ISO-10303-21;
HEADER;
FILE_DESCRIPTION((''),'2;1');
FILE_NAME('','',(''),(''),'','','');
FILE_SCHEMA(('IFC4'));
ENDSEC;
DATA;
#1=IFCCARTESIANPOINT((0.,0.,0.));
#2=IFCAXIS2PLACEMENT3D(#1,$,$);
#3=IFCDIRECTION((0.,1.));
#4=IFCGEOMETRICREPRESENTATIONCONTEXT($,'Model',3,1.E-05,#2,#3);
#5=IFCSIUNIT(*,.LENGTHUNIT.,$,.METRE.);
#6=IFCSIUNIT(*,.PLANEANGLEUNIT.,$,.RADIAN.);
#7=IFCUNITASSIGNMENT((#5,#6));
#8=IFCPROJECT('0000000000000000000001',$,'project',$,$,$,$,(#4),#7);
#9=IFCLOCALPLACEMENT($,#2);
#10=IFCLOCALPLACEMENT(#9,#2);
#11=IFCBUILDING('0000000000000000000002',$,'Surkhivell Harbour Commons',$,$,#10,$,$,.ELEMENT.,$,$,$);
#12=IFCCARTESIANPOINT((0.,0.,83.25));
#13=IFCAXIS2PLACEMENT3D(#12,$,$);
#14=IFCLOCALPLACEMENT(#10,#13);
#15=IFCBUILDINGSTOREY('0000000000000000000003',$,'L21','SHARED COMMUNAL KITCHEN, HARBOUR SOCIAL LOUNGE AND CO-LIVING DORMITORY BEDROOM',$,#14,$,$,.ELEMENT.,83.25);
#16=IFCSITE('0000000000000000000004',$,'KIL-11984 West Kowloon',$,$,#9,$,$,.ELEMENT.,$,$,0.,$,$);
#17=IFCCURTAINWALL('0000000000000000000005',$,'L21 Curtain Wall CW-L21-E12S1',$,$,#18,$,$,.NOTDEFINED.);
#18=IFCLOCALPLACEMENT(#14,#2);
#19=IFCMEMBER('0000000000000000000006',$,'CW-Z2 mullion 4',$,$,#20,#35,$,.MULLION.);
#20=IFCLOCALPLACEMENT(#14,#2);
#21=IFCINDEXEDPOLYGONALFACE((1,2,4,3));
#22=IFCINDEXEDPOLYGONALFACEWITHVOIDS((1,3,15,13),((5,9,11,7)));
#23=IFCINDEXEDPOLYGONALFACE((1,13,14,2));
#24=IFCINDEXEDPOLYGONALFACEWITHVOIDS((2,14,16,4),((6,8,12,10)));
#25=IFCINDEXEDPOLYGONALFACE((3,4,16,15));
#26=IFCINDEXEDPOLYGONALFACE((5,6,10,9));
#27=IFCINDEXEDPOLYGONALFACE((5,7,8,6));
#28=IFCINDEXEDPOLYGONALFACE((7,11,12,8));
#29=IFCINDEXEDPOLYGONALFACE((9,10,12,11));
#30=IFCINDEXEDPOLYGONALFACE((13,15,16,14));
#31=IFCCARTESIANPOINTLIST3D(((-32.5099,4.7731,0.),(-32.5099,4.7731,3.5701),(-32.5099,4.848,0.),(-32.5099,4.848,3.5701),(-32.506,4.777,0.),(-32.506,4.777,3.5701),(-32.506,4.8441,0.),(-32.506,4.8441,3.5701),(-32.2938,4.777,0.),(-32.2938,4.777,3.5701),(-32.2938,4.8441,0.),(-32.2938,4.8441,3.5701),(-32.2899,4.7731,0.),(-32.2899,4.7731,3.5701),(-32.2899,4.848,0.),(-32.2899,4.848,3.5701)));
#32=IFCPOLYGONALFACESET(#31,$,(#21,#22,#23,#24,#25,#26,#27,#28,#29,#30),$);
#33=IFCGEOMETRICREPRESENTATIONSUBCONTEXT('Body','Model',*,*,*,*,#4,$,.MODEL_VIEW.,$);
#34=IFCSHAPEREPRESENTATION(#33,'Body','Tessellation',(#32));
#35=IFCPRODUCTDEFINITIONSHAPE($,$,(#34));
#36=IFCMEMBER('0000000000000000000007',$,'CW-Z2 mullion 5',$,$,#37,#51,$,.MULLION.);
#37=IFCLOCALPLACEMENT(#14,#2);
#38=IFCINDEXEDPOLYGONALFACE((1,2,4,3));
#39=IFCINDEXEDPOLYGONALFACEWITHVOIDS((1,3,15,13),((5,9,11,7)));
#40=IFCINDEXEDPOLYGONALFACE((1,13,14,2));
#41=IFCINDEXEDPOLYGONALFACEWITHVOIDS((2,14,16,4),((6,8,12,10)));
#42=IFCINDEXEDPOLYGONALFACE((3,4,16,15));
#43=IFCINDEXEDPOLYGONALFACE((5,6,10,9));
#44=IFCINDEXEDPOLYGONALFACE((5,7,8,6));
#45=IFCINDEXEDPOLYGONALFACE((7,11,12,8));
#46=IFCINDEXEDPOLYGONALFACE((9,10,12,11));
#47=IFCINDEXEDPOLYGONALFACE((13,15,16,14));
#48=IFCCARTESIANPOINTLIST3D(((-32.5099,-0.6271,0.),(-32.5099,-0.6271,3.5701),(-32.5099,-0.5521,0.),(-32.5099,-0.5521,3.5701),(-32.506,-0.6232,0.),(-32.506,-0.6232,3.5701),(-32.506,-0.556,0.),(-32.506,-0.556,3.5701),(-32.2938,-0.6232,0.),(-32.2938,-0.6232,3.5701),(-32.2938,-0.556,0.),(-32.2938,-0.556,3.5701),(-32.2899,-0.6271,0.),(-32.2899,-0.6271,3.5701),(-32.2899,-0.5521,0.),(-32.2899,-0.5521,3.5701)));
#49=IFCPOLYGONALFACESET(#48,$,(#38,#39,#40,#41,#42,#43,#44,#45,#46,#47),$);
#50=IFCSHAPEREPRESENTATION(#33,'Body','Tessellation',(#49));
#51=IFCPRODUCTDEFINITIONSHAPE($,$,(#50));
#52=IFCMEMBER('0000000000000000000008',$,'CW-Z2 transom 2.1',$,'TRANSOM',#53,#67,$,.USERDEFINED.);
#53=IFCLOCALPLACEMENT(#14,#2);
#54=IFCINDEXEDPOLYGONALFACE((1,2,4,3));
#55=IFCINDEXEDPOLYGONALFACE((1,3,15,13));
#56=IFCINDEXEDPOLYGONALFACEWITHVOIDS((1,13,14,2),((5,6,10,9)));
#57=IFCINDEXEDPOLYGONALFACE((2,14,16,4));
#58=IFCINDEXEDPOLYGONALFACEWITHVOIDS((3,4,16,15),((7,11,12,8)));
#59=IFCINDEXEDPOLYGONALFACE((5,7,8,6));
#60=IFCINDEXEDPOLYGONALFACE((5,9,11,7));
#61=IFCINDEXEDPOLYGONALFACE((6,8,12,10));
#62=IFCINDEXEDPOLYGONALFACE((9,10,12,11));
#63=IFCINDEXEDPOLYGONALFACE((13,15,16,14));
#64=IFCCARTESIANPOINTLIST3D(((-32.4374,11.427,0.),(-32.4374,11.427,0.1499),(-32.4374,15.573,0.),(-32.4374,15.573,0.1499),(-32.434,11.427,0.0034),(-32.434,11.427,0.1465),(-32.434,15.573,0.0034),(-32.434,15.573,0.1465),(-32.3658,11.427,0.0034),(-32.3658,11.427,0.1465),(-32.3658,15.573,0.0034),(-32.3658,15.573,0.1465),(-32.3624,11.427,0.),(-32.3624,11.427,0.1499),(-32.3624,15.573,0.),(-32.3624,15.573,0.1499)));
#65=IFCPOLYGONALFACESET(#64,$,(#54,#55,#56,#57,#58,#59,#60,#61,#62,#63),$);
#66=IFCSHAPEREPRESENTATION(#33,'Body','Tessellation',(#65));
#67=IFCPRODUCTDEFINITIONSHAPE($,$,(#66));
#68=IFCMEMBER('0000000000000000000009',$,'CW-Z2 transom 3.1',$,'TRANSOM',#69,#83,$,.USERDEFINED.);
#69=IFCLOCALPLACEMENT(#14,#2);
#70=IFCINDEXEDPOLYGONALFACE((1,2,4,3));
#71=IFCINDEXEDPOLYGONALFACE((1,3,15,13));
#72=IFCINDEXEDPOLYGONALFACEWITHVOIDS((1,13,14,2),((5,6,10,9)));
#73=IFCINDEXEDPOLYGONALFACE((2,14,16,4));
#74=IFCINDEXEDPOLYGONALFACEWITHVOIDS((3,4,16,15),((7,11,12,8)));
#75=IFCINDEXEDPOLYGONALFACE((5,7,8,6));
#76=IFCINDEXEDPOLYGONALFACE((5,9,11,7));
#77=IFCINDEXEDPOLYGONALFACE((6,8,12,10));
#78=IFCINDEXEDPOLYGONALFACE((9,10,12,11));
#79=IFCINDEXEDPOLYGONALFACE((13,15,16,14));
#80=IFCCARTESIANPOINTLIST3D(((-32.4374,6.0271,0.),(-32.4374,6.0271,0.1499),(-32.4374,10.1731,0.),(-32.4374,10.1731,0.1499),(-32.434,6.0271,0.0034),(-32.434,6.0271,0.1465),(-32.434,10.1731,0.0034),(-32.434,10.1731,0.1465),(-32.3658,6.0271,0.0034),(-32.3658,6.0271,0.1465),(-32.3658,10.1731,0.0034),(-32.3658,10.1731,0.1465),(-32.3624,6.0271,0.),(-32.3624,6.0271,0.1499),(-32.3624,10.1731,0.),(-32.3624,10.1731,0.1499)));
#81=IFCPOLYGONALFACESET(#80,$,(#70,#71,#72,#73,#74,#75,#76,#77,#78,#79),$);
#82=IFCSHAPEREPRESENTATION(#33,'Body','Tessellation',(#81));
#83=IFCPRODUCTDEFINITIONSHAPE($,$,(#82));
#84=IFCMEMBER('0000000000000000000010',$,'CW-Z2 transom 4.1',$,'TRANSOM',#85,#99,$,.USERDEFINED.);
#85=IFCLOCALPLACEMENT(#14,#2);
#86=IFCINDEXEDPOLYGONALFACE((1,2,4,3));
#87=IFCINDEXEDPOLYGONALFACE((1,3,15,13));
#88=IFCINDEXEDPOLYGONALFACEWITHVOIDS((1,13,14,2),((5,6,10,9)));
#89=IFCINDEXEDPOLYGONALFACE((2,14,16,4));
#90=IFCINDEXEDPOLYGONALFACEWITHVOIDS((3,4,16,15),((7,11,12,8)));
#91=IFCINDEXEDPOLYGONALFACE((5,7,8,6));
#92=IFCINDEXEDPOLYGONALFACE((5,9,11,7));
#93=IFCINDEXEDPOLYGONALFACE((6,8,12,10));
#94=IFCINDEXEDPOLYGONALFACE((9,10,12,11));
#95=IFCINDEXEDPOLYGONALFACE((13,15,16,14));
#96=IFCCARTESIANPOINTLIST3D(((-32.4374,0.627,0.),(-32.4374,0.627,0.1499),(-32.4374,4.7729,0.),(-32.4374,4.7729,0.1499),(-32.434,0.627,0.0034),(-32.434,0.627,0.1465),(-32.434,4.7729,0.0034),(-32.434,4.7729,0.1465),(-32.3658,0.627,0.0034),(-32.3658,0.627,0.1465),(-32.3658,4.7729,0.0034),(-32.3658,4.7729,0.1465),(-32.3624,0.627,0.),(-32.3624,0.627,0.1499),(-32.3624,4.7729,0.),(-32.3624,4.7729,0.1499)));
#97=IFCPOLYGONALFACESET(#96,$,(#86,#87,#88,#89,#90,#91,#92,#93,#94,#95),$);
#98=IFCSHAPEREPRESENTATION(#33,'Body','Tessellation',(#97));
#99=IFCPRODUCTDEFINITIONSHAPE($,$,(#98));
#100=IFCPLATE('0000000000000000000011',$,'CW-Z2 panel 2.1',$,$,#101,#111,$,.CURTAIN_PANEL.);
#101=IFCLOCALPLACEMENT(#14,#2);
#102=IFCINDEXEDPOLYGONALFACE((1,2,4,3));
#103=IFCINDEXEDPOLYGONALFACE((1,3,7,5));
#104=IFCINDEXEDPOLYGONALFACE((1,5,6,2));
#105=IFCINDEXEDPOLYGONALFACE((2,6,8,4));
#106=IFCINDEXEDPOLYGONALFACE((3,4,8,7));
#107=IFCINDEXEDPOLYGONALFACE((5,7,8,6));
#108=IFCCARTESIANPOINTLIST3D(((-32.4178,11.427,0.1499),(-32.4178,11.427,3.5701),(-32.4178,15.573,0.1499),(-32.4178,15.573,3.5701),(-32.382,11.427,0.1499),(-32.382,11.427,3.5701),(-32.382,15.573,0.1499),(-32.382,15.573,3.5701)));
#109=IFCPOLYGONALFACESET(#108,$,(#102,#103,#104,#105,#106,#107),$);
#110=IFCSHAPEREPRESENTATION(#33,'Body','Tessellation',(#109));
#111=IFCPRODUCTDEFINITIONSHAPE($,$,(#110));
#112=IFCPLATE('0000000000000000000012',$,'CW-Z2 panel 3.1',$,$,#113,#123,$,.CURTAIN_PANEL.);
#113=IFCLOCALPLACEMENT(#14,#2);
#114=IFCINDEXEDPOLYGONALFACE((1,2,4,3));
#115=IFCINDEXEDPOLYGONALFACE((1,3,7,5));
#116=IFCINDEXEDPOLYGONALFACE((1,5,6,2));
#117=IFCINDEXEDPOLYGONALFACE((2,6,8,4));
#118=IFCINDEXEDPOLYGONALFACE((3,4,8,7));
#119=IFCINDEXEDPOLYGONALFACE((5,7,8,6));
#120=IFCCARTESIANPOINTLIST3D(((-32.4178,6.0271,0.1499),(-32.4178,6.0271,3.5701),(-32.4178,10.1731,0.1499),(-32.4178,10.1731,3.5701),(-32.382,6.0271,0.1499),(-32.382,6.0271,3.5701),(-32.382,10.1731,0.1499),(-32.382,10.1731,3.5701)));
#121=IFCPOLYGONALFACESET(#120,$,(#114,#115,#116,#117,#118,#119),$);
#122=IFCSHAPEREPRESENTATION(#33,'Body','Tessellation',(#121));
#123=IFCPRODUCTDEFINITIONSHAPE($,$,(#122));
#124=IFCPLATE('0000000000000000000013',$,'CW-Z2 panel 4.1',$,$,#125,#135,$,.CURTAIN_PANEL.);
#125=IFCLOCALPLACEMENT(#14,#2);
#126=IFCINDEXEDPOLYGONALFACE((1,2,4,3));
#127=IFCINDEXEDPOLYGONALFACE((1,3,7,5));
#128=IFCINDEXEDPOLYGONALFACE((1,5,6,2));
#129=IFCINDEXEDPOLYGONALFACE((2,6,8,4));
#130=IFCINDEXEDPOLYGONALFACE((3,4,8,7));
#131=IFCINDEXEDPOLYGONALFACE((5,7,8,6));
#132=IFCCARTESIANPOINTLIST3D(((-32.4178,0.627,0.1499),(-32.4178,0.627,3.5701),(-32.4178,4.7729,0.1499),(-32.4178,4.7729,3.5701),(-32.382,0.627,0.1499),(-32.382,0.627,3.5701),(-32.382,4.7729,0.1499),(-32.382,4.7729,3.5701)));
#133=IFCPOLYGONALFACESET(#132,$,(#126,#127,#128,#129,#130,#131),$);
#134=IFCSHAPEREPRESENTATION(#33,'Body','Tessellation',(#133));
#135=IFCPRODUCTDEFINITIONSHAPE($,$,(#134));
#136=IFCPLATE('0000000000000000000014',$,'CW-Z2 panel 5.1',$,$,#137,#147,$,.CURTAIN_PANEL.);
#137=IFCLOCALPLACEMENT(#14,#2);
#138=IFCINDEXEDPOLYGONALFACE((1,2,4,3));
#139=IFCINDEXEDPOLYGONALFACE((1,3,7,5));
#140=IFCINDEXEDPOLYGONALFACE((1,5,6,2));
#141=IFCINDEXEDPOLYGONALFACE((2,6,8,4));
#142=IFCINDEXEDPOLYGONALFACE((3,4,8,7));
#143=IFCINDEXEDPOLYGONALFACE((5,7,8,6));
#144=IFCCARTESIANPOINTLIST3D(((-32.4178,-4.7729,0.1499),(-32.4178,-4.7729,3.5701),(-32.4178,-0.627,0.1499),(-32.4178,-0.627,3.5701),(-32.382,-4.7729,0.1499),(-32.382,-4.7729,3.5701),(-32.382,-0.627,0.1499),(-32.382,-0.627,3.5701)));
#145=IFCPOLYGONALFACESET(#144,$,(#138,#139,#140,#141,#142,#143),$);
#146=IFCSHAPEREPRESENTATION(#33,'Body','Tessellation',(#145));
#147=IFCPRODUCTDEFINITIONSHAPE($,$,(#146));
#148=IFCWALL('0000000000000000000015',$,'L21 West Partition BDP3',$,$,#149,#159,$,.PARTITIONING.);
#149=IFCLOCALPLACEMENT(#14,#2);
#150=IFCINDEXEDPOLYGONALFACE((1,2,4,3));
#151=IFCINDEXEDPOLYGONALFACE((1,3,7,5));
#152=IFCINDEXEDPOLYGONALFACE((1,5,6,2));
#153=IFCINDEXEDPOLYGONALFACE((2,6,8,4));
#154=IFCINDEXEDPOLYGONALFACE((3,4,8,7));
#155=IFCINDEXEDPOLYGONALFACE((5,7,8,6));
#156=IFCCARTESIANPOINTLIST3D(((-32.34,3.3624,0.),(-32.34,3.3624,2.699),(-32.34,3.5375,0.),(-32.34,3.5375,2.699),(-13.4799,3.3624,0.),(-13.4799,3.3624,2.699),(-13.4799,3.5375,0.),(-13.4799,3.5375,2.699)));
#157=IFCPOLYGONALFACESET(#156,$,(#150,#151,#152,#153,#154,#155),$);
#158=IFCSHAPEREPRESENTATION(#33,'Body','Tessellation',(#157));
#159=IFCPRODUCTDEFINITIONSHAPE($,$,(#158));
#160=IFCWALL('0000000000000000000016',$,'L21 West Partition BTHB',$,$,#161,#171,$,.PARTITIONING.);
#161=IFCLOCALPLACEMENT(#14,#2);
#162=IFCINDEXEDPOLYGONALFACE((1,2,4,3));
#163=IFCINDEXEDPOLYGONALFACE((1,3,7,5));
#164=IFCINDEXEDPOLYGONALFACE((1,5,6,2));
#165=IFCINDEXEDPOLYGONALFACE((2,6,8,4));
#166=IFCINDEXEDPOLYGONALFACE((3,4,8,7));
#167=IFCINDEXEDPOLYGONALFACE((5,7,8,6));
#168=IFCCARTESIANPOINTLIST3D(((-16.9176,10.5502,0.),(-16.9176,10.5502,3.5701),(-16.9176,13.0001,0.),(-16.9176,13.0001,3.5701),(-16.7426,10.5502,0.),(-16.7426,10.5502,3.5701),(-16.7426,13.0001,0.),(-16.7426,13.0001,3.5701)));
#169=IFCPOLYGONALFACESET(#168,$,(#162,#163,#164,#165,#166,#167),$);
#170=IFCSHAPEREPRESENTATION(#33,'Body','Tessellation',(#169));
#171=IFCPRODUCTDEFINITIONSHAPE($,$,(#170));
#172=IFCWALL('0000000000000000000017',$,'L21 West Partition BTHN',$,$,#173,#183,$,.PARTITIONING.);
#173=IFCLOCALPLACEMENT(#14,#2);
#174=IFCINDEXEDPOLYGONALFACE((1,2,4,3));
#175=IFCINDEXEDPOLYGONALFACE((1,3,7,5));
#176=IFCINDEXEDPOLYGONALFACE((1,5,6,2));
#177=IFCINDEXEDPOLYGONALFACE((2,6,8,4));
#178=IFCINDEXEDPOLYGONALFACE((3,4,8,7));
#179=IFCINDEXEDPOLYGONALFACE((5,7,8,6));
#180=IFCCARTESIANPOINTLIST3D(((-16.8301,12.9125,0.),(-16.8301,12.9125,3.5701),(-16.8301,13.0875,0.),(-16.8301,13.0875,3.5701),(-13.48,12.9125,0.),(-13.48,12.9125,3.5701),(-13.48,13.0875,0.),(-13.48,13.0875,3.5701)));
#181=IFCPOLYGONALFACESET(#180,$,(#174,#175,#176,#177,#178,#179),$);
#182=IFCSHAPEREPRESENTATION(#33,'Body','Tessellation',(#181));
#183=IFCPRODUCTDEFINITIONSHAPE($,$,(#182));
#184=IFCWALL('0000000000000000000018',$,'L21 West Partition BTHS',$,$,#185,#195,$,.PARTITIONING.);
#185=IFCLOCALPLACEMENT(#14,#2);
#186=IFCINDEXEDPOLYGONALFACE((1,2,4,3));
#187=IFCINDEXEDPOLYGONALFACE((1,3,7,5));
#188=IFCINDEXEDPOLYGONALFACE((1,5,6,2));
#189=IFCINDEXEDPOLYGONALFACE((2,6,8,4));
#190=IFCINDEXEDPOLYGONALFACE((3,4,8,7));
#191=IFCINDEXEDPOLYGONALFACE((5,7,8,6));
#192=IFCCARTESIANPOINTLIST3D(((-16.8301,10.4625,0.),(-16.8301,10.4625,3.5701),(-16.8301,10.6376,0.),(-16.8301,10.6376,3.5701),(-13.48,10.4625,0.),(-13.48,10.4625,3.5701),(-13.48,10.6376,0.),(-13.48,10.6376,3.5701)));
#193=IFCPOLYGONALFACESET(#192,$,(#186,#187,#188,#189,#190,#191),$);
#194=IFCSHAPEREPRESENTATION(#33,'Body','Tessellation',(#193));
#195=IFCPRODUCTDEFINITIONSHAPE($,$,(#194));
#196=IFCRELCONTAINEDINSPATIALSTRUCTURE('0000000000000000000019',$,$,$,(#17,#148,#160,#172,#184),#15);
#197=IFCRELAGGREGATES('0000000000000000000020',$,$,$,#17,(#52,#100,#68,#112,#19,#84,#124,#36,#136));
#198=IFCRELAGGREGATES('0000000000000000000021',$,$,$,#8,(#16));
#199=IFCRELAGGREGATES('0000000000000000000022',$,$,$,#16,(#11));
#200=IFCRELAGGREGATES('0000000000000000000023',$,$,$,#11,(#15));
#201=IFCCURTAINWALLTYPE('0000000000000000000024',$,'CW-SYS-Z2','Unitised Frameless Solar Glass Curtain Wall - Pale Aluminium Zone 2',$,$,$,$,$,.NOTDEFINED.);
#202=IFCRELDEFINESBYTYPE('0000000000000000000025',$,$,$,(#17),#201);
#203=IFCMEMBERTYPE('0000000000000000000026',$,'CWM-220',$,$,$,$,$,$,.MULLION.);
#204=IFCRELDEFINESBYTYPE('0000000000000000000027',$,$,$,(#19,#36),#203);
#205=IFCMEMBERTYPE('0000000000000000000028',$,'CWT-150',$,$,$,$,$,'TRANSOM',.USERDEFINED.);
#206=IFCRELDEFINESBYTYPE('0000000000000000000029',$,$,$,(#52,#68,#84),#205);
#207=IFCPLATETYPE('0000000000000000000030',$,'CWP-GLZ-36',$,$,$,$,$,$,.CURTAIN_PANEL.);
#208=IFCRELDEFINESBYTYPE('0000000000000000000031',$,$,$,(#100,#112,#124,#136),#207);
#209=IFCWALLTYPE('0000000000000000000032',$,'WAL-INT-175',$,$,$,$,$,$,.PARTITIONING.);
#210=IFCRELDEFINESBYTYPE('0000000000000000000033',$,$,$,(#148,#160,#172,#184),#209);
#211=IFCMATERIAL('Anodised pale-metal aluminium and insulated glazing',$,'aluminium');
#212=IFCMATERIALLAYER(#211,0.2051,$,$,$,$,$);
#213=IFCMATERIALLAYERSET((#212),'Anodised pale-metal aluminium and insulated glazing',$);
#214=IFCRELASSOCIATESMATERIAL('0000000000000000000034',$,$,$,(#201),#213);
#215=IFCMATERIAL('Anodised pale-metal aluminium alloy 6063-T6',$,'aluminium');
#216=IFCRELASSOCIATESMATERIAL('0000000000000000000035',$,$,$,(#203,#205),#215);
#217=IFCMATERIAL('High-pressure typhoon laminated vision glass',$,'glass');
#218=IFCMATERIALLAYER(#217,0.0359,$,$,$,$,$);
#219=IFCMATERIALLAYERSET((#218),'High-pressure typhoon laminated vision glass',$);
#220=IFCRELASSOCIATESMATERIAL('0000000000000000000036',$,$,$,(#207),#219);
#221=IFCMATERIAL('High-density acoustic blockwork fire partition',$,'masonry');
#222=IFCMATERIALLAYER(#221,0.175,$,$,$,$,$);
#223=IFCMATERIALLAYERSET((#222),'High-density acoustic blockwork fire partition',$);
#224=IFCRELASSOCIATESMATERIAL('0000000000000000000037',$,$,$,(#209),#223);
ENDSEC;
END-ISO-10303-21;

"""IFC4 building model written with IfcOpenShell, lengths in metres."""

from ifc_helpers import new_model, si_unit, direction, frame, frame_2d, origin, origin_2d, place, context, subcontext, project, spatial, rectangle, hollow_rectangle, extrude, material, layer, layer_set, material_profile, profile_set, type_object, element, aggregate, save


model = new_model("IFC4")

# Units and contexts
model_context = context("Model", 3, precision=1e-05, world=origin(), true_north=direction((0.0, 1.0)))
body_context = subcontext(model_context, "Body", "Model", "MODEL_VIEW")
ifc_project = project(units=[si_unit("LENGTHUNIT", "METRE"), si_unit("PLANEANGLEUNIT", "RADIAN")], contexts=[model_context])

# Site, building, storey
site_placement = place(None, origin())
site = spatial("IfcSite", under=ifc_project, at=site_placement, Name="KIL-11984 West Kowloon", CompositionType="ELEMENT", RefElevation=0.0)
building_placement = place(site_placement, origin())
building = spatial("IfcBuilding", under=site, at=building_placement, Name="Surkhivell Harbour Commons", CompositionType="ELEMENT")
storey_placement = place(building_placement, frame((0.0, 0.0, 83.25)))
storey = spatial("IfcBuildingStorey", under=building, at=storey_placement, Name="L21", Description="SHARED COMMUNAL KITCHEN, HARBOUR SOCIAL LOUNGE AND CO-LIVING DORMITORY BEDROOM", CompositionType="ELEMENT", Elevation=83.25)

# Curtain wall, members, plates
ifc_material_1 = material(Name="Anodised pale-metal aluminium and insulated glazing", Category="aluminium")
ifc_layer_1 = layer(ifc_material_1, 0.2051)
ifc_layer_set_1 = layer_set([ifc_layer_1], Name="Anodised pale-metal aluminium and insulated glazing")
curtain_wall_type = type_object("IfcCurtainWallType", Name="CW-SYS-Z2", Description="Unitised Frameless Solar Glass Curtain Wall - Pale Aluminium Zone 2", PredefinedType="NOTDEFINED", material=ifc_layer_set_1)
curtain_wall_placement = place(storey_placement, origin())
curtain_wall = element("IfcCurtainWall", 1, at=curtain_wall_placement, inside=storey, type_object=curtain_wall_type, Name="L21 Curtain Wall CW-L21-E12S1", PredefinedType="NOTDEFINED")
ifc_material_2 = material(Name="Anodised pale-metal aluminium alloy 6063-T6", Category="aluminium")
ifc_material_profile_1 = material_profile(ifc_material_2, hollow_rectangle(XDim=0.075, YDim=0.22, WallThickness=0.0039, at=origin_2d()), Name="ALU-MULL-75x220")
ifc_profile_set_1 = profile_set([ifc_material_profile_1], Name="Anodised pale-metal aluminium alloy 6063-T6")
member_type_1 = type_object("IfcMemberType", Name="CWM-220", PredefinedType="MULLION", material=ifc_profile_set_1)
member_1_placement = place(storey_placement, frame((-32.3999, 4.8105, 0.0), z_axis=(0.0, 0.0, 1.0), x_axis=(0.0, -1.0, 0.0)))
member_1 = element("IfcMember", 2, at=member_1_placement, type_object=member_type_1, Name="CW-Z2 mullion 4", PredefinedType="MULLION", context=body_context, shape_type="SweptSolid", body=[
    extrude(hollow_rectangle(XDim=0.075, YDim=0.22, WallThickness=0.0039, at=origin_2d()), origin(), (0.0, 0.0, 1.0), 3.5701),
])
member_2_placement = place(storey_placement, frame((-32.3999, -0.5896, 0.0), z_axis=(0.0, 0.0, 1.0), x_axis=(0.0, -1.0, 0.0)))
member_2 = element("IfcMember", 3, at=member_2_placement, type_object=member_type_1, Name="CW-Z2 mullion 5", PredefinedType="MULLION", context=body_context, shape_type="SweptSolid", body=[
    extrude(hollow_rectangle(XDim=0.075, YDim=0.22, WallThickness=0.0039, at=origin_2d()), origin(), (0.0, 0.0, 1.0), 3.5701),
])
ifc_material_profile_2 = material_profile(ifc_material_2, hollow_rectangle(XDim=0.075, YDim=0.1499, WallThickness=0.0034, at=origin_2d()), Name="ALU-TRAN-75x150")
ifc_profile_set_2 = profile_set([ifc_material_profile_2], Name="Anodised pale-metal aluminium alloy 6063-T6")
member_type_2 = type_object("IfcMemberType", Name="CWT-150", ElementType="TRANSOM", PredefinedType="USERDEFINED", material=ifc_profile_set_2)
member_3_placement = place(storey_placement, frame((-32.3999, 15.573, 0.075), z_axis=(0.0, -1.0, 0.0), x_axis=(1.0, 0.0, 0.0)))
member_3 = element("IfcMember", 4, at=member_3_placement, type_object=member_type_2, Name="CW-Z2 transom 2.1", ObjectType="TRANSOM", PredefinedType="USERDEFINED", context=body_context, shape_type="SweptSolid", body=[
    extrude(hollow_rectangle(XDim=0.075, YDim=0.1499, WallThickness=0.0034, at=origin_2d()), origin(), (0.0, 0.0, 1.0), 4.146),
])
member_4_placement = place(storey_placement, frame((-32.3999, 10.1731, 0.075), z_axis=(0.0, -1.0, 0.0), x_axis=(1.0, 0.0, 0.0)))
member_4 = element("IfcMember", 5, at=member_4_placement, type_object=member_type_2, Name="CW-Z2 transom 3.1", ObjectType="TRANSOM", PredefinedType="USERDEFINED", context=body_context, shape_type="SweptSolid", body=[
    extrude(hollow_rectangle(XDim=0.075, YDim=0.1499, WallThickness=0.0034, at=origin_2d()), origin(), (0.0, 0.0, 1.0), 4.146),
])
member_5_placement = place(storey_placement, frame((-32.3999, 4.7729, 0.075), z_axis=(0.0, -1.0, 0.0), x_axis=(1.0, 0.0, 0.0)))
member_5 = element("IfcMember", 6, at=member_5_placement, type_object=member_type_2, Name="CW-Z2 transom 4.1", ObjectType="TRANSOM", PredefinedType="USERDEFINED", context=body_context, shape_type="SweptSolid", body=[
    extrude(hollow_rectangle(XDim=0.075, YDim=0.1499, WallThickness=0.0034, at=origin_2d()), origin(), (0.0, 0.0, 1.0), 4.146),
])
ifc_material_3 = material(Name="High-pressure typhoon laminated vision glass", Category="glass")
ifc_layer_2 = layer(ifc_material_3, 0.0359)
ifc_layer_set_2 = layer_set([ifc_layer_2], Name="High-pressure typhoon laminated vision glass")
plate_type = type_object("IfcPlateType", Name="CWP-GLZ-36", PredefinedType="CURTAIN_PANEL", material=ifc_layer_set_2)
plate_1_placement = place(storey_placement, frame((-32.3999, 15.573, 0.1499), z_axis=(0.0, 0.0, 1.0), x_axis=(0.0, -1.0, 0.0)))
plate_1 = element("IfcPlate", 7, at=plate_1_placement, type_object=plate_type, Name="CW-Z2 panel 2.1", PredefinedType="CURTAIN_PANEL", context=body_context, shape_type="SweptSolid", body=[
    extrude(rectangle(XDim=4.146, YDim=0.0359, at=frame_2d((2.073, 0.0))), origin(), (0.0, 0.0, 1.0), 3.4202),
])
plate_2_placement = place(storey_placement, frame((-32.3999, 10.1731, 0.1499), z_axis=(0.0, 0.0, 1.0), x_axis=(0.0, -1.0, 0.0)))
plate_2 = element("IfcPlate", 8, at=plate_2_placement, type_object=plate_type, Name="CW-Z2 panel 3.1", PredefinedType="CURTAIN_PANEL", context=body_context, shape_type="SweptSolid", body=[
    extrude(rectangle(XDim=4.146, YDim=0.0359, at=frame_2d((2.073, 0.0))), origin(), (0.0, 0.0, 1.0), 3.4202),
])
plate_3_placement = place(storey_placement, frame((-32.3999, 4.7729, 0.1499), z_axis=(0.0, 0.0, 1.0), x_axis=(0.0, -1.0, 0.0)))
plate_3 = element("IfcPlate", 9, at=plate_3_placement, type_object=plate_type, Name="CW-Z2 panel 4.1", PredefinedType="CURTAIN_PANEL", context=body_context, shape_type="SweptSolid", body=[
    extrude(rectangle(XDim=4.146, YDim=0.0359, at=frame_2d((2.073, 0.0))), origin(), (0.0, 0.0, 1.0), 3.4202),
])
plate_4_placement = place(storey_placement, frame((-32.3999, -0.627, 0.1499), z_axis=(0.0, 0.0, 1.0), x_axis=(0.0, -1.0, 0.0)))
plate_4 = element("IfcPlate", 10, at=plate_4_placement, type_object=plate_type, Name="CW-Z2 panel 5.1", PredefinedType="CURTAIN_PANEL", context=body_context, shape_type="SweptSolid", body=[
    extrude(rectangle(XDim=4.146, YDim=0.0359, at=frame_2d((2.073, 0.0))), origin(), (0.0, 0.0, 1.0), 3.4202),
])
aggregate(curtain_wall, [member_3, plate_1, member_4, plate_2, member_1, member_5, plate_3, member_2, plate_4])

# Walls
ifc_material_4 = material(Name="High-density acoustic blockwork fire partition", Category="masonry")
ifc_layer_3 = layer(ifc_material_4, 0.175)
ifc_layer_set_3 = layer_set([ifc_layer_3], Name="High-density acoustic blockwork fire partition")
wall_type = type_object("IfcWallType", Name="WAL-INT-175", PredefinedType="PARTITIONING", material=ifc_layer_set_3)
wall_1_placement = place(storey_placement, frame((-32.3401, 3.45, 0.0), z_axis=(0.0, 0.0, 1.0), x_axis=(1.0, 0.0, 0.0)))
element("IfcWall", 11, at=wall_1_placement, inside=storey, type_object=wall_type, Name="L21 West Partition BDP3", PredefinedType="PARTITIONING", context=body_context, shape_type="SweptSolid", body=[
    extrude(rectangle(XDim=18.8601, YDim=0.175, at=frame_2d((9.4302, 0.0))), origin(), (0.0, 0.0, 1.0), 2.699),
])
wall_2_placement = place(storey_placement, frame((-16.8301, 10.55, 0.0), z_axis=(0.0, 0.0, 1.0), x_axis=(0.0, 1.0, 0.0)))
element("IfcWall", 12, at=wall_2_placement, inside=storey, type_object=wall_type, Name="L21 West Partition BTHB", PredefinedType="PARTITIONING", context=body_context, shape_type="SweptSolid", body=[
    extrude(rectangle(XDim=2.45, YDim=0.175, at=frame_2d((1.2251, 0.0))), origin(), (0.0, 0.0, 1.0), 3.5701),
])
for number, where, z_axis, x_axis, name in (
    (13, (-16.8301, 13.0, 0.0), (0.0, 0.0, 1.0), (1.0, 0.0, 0.0), "L21 West Partition BTHN"),
    (14, (-16.8301, 10.55, 0.0), (0.0, 0.0, 1.0), (1.0, 0.0, 0.0), "L21 West Partition BTHS"),
):
    element("IfcWall", number, at=place(storey_placement, frame(where, z_axis=z_axis, x_axis=x_axis)), inside=storey, type_object=wall_type, Name=name, PredefinedType="PARTITIONING", context=body_context, shape_type="SweptSolid", body=[
        extrude(rectangle(XDim=3.3501, YDim=0.175, at=frame_2d((1.675, 0.0))), origin(), (0.0, 0.0, 1.0), 3.5701),
    ])

save(model, "model.ifc")
